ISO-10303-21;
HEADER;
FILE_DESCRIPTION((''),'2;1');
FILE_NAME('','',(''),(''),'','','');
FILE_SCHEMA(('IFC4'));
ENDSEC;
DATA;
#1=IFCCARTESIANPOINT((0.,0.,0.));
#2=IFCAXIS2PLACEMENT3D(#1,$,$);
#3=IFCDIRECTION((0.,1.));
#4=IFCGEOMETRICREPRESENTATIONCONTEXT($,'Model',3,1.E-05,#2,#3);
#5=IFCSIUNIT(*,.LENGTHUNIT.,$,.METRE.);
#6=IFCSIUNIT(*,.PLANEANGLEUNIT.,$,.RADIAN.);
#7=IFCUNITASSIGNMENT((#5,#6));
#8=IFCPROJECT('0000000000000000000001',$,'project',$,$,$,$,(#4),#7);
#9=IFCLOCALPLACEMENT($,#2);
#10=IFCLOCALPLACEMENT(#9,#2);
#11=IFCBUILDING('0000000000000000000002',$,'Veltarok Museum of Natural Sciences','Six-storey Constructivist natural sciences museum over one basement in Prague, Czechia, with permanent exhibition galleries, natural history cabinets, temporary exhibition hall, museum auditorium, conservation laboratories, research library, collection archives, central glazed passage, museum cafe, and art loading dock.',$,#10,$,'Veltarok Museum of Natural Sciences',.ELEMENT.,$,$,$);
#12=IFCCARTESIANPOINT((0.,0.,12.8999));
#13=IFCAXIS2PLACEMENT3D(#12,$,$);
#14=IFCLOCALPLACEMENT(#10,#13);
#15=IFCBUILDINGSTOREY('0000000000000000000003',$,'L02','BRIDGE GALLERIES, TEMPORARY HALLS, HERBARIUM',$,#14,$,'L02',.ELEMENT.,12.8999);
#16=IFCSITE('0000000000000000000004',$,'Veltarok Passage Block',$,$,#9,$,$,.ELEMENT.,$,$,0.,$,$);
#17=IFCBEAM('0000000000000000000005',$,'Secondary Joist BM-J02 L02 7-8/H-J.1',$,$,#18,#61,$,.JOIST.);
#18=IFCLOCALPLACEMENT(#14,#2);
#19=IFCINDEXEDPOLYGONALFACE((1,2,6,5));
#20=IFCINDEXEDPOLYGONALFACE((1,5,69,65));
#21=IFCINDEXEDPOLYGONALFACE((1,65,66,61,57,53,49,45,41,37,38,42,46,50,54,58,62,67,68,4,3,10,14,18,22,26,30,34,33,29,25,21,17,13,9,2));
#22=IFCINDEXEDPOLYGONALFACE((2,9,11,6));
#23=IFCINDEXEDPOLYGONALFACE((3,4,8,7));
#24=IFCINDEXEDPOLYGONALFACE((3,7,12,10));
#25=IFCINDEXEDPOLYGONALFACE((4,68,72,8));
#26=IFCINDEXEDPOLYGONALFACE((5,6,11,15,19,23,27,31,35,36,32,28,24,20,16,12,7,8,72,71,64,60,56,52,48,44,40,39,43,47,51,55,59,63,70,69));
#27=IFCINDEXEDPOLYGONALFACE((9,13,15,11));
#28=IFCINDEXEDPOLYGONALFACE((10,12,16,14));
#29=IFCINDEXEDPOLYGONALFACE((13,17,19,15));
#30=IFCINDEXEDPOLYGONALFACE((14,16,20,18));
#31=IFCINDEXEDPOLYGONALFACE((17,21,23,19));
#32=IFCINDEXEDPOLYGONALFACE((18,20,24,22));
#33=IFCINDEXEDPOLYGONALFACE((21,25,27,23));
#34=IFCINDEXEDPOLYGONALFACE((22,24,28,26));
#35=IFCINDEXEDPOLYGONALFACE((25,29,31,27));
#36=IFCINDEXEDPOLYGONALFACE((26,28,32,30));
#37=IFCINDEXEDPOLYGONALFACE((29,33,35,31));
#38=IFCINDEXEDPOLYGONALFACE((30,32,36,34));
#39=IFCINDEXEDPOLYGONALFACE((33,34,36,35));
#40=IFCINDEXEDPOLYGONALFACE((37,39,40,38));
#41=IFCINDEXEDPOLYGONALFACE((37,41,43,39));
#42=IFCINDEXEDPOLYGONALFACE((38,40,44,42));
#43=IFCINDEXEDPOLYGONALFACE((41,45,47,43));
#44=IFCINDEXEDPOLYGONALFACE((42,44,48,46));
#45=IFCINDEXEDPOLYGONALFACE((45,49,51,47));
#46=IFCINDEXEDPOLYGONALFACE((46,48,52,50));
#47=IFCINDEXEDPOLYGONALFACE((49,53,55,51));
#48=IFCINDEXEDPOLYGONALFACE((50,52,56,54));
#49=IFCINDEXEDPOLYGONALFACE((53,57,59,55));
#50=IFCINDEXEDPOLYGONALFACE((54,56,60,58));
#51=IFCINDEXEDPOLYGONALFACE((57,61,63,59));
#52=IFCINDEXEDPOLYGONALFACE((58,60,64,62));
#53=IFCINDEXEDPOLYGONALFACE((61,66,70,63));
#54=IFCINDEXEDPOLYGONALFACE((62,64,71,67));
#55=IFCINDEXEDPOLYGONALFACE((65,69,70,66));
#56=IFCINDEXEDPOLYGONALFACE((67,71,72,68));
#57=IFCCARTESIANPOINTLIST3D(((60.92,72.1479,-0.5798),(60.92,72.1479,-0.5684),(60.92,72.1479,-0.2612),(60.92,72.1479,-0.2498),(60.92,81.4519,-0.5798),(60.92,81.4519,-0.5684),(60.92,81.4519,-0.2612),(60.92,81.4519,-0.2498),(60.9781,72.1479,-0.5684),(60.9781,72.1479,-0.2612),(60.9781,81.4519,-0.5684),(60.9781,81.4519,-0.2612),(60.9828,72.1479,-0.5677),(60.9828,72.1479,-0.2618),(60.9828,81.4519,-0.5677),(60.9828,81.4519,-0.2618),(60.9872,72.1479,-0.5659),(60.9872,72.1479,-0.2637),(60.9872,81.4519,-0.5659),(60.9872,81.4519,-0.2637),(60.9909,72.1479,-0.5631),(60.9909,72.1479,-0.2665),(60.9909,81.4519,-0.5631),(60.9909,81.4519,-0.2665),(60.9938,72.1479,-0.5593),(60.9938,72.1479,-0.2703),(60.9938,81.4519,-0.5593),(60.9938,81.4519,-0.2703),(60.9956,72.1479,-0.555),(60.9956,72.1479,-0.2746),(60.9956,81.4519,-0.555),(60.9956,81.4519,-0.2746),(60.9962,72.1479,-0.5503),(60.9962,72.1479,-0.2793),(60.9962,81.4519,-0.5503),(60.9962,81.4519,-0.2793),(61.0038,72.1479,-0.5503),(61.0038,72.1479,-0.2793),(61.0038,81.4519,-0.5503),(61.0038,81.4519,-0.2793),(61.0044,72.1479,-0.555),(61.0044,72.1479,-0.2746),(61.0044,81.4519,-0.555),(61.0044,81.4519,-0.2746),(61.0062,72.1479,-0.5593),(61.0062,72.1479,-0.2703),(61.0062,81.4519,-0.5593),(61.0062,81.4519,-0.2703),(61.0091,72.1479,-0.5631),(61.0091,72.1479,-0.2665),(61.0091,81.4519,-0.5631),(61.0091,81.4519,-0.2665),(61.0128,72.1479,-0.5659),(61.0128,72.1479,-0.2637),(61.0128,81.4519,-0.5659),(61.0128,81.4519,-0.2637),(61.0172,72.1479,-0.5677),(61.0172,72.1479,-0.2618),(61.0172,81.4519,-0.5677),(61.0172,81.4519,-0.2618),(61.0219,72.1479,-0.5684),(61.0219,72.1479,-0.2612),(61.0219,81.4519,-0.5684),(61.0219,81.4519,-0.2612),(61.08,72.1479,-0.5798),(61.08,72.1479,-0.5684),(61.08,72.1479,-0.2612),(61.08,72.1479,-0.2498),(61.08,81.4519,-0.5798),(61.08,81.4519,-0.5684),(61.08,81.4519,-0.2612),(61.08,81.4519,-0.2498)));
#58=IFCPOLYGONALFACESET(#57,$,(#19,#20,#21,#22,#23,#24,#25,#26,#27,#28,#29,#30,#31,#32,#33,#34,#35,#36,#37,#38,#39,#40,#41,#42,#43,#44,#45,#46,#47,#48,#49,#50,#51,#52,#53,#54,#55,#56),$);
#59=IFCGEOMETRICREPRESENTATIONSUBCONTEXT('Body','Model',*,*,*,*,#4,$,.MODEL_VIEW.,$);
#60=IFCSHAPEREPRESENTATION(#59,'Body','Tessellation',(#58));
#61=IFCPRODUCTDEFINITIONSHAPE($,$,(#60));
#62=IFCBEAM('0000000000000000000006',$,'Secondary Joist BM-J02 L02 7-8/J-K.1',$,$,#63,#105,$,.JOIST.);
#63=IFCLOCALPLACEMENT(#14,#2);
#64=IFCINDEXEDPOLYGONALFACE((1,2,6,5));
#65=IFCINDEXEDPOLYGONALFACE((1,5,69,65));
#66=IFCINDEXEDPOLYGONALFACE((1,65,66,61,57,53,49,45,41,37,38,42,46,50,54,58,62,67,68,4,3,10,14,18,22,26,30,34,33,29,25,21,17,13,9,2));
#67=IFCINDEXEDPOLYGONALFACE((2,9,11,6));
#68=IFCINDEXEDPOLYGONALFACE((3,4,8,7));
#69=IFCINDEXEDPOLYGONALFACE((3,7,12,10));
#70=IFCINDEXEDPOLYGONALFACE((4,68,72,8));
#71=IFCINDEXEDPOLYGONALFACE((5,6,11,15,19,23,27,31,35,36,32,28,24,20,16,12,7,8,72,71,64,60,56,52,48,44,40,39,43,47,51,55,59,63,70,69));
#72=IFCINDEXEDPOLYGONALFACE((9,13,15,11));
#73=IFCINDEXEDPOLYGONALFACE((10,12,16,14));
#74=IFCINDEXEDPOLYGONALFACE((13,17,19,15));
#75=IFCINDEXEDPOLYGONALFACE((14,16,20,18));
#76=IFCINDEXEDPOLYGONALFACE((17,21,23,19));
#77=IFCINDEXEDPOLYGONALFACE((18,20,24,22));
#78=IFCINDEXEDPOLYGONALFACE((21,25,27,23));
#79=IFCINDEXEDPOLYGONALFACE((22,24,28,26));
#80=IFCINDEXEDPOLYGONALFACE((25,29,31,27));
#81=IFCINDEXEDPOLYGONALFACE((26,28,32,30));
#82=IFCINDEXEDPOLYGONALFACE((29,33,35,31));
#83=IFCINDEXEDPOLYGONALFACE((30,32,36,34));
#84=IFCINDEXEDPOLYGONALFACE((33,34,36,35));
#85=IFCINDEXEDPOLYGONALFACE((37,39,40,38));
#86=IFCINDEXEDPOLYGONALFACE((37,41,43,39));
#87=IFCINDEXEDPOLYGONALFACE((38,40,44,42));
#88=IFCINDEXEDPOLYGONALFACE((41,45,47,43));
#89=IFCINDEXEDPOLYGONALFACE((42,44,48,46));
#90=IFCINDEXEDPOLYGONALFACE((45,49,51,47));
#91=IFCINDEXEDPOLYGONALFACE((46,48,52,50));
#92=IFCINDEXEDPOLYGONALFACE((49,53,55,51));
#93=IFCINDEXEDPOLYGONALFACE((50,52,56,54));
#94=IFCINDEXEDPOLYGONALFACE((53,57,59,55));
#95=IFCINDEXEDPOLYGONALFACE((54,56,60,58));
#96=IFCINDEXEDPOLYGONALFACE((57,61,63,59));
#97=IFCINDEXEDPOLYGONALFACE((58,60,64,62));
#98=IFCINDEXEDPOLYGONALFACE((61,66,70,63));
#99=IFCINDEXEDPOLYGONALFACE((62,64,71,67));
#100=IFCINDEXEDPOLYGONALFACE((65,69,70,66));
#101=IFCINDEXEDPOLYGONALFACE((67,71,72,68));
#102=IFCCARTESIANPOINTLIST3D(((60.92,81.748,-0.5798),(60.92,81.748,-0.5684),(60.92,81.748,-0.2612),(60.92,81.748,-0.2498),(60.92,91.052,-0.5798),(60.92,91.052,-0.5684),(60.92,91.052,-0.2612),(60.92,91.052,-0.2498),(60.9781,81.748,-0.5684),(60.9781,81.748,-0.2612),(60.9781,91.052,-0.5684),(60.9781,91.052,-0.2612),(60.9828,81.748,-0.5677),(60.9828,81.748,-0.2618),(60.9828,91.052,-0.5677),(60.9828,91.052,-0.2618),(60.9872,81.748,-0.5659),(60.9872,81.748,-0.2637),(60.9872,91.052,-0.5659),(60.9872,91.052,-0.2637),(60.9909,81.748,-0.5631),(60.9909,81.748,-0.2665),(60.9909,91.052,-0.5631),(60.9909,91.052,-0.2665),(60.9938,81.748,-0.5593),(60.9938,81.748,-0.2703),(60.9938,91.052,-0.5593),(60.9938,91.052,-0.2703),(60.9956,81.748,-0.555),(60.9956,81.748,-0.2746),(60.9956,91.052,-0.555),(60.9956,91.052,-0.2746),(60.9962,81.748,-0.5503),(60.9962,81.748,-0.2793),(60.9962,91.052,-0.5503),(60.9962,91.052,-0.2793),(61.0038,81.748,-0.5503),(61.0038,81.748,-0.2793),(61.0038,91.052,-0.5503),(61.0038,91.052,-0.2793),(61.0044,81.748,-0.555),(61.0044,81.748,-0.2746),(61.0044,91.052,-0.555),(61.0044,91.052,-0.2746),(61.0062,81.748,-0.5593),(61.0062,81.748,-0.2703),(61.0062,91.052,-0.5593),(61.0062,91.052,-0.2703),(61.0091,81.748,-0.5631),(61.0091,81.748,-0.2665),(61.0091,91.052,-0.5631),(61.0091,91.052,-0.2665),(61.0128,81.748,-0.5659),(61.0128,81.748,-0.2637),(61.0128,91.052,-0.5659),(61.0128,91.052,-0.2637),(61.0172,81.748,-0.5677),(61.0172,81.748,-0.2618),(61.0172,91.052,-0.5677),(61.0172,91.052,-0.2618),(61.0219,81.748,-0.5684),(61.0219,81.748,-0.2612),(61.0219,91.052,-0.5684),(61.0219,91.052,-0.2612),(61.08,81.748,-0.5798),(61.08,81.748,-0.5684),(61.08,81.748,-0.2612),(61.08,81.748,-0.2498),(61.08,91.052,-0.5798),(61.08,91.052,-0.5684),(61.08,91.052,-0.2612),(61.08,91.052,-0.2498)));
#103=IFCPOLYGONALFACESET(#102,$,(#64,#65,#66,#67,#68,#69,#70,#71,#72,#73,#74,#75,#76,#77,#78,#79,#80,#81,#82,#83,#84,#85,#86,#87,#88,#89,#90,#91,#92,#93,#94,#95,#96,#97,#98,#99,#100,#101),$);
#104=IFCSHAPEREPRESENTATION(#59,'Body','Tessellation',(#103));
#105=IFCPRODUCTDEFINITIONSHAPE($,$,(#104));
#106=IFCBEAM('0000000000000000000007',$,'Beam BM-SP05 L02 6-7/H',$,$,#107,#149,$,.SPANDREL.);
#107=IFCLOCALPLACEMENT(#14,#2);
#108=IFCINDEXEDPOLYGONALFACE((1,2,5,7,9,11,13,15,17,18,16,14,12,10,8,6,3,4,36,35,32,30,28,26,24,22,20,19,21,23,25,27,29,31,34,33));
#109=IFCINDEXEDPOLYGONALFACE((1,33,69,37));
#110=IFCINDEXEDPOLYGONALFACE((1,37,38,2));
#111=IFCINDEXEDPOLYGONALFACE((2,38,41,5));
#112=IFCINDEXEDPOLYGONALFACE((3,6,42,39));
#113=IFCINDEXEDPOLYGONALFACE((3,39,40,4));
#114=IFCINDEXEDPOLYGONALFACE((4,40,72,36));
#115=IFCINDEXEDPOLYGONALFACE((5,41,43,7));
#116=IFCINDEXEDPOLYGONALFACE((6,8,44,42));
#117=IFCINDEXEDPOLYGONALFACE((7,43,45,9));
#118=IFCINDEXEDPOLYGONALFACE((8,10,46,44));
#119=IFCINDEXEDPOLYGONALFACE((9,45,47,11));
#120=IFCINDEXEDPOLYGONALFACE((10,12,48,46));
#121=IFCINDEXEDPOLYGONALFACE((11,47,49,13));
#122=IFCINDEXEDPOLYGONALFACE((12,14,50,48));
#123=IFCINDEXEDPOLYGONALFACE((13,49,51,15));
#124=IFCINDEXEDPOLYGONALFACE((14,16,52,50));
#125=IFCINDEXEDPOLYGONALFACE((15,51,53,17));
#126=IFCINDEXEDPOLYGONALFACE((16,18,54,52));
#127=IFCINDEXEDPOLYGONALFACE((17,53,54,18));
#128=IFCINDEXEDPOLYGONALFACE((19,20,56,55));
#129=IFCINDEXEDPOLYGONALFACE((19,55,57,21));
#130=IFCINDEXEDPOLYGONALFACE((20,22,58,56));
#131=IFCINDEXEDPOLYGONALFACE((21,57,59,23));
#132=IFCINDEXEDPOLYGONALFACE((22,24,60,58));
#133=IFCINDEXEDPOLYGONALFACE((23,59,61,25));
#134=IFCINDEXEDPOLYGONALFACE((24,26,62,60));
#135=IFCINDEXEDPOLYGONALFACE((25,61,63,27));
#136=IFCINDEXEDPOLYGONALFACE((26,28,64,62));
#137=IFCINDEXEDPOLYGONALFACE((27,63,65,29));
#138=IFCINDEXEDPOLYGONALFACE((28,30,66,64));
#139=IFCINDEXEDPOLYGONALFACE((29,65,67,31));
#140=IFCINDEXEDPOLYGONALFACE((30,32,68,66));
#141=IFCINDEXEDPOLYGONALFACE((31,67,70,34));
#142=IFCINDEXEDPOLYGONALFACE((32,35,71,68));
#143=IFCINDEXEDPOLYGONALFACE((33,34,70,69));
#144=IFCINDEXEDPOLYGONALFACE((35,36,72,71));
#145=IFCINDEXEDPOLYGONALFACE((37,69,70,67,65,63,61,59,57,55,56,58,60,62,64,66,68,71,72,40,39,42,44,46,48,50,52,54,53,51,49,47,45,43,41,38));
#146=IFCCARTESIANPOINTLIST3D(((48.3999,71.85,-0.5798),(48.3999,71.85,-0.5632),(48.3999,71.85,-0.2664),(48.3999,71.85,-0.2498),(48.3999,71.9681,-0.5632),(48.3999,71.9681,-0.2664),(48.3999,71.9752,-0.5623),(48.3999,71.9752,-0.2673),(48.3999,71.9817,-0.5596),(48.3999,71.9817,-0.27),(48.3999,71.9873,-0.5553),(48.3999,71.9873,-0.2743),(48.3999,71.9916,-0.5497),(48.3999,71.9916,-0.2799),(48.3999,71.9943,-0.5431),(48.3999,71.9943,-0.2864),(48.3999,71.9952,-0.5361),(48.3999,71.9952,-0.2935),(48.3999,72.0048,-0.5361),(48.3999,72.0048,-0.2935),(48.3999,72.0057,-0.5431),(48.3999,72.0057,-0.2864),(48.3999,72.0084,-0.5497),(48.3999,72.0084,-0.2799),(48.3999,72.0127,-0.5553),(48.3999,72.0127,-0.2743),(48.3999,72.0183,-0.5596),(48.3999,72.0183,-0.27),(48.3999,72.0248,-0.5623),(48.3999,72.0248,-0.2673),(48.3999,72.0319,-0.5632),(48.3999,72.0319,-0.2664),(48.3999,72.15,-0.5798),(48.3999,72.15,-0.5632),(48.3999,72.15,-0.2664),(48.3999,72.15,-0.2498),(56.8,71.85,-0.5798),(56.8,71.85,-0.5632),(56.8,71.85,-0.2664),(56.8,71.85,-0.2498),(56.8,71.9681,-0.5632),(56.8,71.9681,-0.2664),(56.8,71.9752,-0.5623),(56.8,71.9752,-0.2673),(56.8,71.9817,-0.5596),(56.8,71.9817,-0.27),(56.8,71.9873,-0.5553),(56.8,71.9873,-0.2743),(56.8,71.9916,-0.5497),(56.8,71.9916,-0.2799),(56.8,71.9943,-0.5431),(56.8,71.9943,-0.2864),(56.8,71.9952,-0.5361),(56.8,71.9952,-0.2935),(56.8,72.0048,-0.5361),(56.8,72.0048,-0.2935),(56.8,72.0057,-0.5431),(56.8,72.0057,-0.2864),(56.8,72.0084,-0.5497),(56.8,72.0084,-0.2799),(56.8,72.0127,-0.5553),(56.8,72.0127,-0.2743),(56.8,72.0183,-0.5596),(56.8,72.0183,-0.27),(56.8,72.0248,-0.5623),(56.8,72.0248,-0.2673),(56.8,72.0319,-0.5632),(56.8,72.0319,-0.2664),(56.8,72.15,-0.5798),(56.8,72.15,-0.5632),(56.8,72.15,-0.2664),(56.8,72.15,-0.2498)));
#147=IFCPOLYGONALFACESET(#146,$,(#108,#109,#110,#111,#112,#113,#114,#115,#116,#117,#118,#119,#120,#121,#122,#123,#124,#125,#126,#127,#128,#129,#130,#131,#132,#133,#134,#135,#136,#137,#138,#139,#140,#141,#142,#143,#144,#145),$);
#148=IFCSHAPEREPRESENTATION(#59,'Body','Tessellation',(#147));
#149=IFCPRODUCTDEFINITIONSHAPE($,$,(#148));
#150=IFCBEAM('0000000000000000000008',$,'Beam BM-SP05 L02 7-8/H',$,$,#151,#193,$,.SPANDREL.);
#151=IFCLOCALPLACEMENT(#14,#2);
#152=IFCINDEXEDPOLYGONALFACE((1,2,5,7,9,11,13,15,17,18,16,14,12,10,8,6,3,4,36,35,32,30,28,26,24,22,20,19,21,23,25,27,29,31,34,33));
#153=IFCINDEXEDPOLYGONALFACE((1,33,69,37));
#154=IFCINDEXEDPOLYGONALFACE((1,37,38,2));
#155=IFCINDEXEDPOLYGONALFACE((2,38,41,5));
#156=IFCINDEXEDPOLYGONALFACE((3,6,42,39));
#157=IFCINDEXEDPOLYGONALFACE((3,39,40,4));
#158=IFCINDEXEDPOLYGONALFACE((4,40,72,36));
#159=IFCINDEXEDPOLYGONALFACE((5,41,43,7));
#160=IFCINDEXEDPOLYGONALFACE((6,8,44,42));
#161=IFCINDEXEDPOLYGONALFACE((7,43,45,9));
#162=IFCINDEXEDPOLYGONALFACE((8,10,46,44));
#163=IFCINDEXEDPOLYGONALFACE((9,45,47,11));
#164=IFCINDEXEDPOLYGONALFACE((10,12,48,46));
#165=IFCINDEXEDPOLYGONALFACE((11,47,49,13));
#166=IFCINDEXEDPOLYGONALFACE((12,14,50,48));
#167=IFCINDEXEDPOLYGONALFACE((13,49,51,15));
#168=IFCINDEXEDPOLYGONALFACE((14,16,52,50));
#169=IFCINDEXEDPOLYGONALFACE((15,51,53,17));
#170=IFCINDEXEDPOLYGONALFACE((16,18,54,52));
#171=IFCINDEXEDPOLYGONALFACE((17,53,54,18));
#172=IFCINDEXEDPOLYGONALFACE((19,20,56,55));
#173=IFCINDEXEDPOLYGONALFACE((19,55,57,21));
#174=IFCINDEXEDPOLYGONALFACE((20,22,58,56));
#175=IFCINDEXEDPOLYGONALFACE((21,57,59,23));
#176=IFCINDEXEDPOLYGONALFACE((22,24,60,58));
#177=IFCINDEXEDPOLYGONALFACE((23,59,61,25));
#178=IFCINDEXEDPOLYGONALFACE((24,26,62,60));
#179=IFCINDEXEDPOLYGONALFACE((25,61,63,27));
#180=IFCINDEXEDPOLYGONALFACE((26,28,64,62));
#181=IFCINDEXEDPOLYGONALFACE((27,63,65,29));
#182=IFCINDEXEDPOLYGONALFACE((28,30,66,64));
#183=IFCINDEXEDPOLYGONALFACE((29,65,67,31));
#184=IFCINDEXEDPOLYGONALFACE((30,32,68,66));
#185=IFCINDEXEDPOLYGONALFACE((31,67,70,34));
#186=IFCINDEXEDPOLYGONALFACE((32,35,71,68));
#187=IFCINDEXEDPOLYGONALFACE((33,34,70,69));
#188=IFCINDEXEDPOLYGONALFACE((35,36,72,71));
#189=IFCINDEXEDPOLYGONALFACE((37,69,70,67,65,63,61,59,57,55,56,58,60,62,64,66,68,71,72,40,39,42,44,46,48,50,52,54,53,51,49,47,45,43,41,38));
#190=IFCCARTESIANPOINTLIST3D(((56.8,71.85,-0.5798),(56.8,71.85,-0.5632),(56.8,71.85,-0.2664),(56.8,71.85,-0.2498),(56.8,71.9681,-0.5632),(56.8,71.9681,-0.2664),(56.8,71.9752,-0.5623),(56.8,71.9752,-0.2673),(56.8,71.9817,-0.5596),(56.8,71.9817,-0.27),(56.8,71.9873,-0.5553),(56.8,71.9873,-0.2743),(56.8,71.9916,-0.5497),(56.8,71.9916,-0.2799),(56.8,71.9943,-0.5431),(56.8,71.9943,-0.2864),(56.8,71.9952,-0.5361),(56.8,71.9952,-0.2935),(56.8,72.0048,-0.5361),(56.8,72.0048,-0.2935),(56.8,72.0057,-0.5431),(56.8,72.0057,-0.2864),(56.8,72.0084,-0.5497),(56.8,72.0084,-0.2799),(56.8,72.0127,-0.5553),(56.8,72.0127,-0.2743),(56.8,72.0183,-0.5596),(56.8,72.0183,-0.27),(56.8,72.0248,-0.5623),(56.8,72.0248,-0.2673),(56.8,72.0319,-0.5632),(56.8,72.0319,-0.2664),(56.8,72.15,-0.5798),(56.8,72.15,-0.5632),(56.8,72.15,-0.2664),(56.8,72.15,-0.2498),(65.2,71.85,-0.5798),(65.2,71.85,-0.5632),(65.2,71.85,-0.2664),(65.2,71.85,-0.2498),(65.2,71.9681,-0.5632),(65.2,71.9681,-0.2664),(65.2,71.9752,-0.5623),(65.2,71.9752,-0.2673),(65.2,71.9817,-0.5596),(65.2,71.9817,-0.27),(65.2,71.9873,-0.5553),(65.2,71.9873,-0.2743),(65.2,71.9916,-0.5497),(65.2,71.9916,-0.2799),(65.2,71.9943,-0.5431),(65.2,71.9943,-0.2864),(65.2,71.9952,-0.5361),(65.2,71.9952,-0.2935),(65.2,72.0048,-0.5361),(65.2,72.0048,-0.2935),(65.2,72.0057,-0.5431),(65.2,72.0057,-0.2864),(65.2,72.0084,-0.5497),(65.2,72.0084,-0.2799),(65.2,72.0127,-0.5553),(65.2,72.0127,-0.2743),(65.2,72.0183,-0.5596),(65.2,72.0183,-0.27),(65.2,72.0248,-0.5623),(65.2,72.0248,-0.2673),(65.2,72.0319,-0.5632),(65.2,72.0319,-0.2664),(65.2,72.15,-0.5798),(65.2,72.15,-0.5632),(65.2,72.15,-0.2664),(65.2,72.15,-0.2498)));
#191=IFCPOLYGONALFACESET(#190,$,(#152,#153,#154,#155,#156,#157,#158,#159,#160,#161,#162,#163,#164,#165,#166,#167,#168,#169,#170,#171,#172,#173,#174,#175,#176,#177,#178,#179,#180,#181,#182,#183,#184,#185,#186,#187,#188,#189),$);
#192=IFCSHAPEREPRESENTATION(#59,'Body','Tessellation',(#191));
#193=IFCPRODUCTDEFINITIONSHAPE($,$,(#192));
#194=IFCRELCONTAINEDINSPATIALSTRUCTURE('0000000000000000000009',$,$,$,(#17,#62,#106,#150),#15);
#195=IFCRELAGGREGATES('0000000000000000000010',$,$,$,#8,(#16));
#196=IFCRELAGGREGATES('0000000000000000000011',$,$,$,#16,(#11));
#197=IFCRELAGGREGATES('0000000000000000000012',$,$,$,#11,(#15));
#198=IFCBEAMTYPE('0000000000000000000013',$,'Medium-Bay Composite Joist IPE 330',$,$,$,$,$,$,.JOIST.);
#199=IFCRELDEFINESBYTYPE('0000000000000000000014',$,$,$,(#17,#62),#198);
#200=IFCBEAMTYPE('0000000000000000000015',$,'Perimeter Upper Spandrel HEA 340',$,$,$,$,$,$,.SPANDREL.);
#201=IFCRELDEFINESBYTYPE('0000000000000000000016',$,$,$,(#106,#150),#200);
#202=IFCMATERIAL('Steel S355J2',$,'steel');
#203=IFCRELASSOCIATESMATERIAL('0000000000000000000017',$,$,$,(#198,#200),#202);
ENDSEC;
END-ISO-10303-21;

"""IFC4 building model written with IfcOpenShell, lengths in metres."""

from ifc_helpers import new_model, si_unit, direction, frame, origin, origin_2d, place, context, subcontext, project, spatial, i_section, extrude, material, material_profile, profile_set, type_object, element, save


model = new_model("IFC4")

# Units and contexts
model_context = context("Model", 3, precision=1e-05, world=origin(), true_north=direction((0.0, 1.0)))
body_context = subcontext(model_context, "Body", "Model", "MODEL_VIEW")
ifc_project = project(units=[si_unit("LENGTHUNIT", "METRE"), si_unit("PLANEANGLEUNIT", "RADIAN")], contexts=[model_context])

# Site, building, storey
site_placement = place(None, origin())
site = spatial("IfcSite", under=ifc_project, at=site_placement, Name="Veltarok Passage Block", CompositionType="ELEMENT", RefElevation=0.0)
building_placement = place(site_placement, origin())
building = spatial("IfcBuilding", under=site, at=building_placement, Name="Veltarok Museum of Natural Sciences", Description="Six-storey Constructivist natural sciences museum over one basement in Prague, Czechia, with permanent exhibition galleries, natural history cabinets, temporary exhibition hall, museum auditorium, conservation laboratories, research library, collection archives, central glazed passage, museum cafe, and art loading dock.", LongName="Veltarok Museum of Natural Sciences", CompositionType="ELEMENT")
storey_placement = place(building_placement, frame((0.0, 0.0, 12.8999)))
storey = spatial("IfcBuildingStorey", under=building, at=storey_placement, Name="L02", Description="BRIDGE GALLERIES, TEMPORARY HALLS, HERBARIUM", LongName="L02", CompositionType="ELEMENT", Elevation=12.8999)

# Shared definitions
ifc_material_1 = material(Name="Steel S355J2", Category="steel")

# Beams
ifc_material_profile_1 = material_profile(ifc_material_1, i_section(OverallWidth=0.1599, OverallDepth=0.3301, WebThickness=0.0076, FlangeThickness=0.0115, FilletRadius=0.0181, at=origin_2d()), Name="IPE 330")
ifc_profile_set_1 = profile_set([ifc_material_profile_1], Name="Steel S355J2")
beam_type_1 = type_object("IfcBeamType", Name="Medium-Bay Composite Joist IPE 330", PredefinedType="JOIST", material=ifc_profile_set_1)
for number, where, z_axis, x_axis, name in (
    (1, (61.0, 72.1479, -0.4148), (0.0, 1.0, 0.0), (-1.0, 0.0, 0.0), "Secondary Joist BM-J02 L02 7-8/H-J.1"),
    (2, (61.0, 81.748, -0.4148), (0.0, 1.0, 0.0), (-1.0, 0.0, 0.0), "Secondary Joist BM-J02 L02 7-8/J-K.1"),
):
    element("IfcBeam", number, at=place(storey_placement, frame(where, z_axis=z_axis, x_axis=x_axis)), inside=storey, type_object=beam_type_1, Name=name, PredefinedType="JOIST", context=body_context, shape_type="SweptSolid", body=[
        extrude(i_section(OverallWidth=0.1599, OverallDepth=0.3301, WebThickness=0.0076, FlangeThickness=0.0115, FilletRadius=0.0181, at=origin_2d()), origin(), (0.0, 0.0, 1.0), 9.304),
    ])
ifc_material_profile_2 = material_profile(ifc_material_1, i_section(OverallWidth=0.3, OverallDepth=0.3301, WebThickness=0.0095, FlangeThickness=0.0166, FilletRadius=0.0271, at=origin_2d()), Name="HEA 340")
ifc_profile_set_2 = profile_set([ifc_material_profile_2], Name="Steel S355J2")
beam_type_2 = type_object("IfcBeamType", Name="Perimeter Upper Spandrel HEA 340", PredefinedType="SPANDREL", material=ifc_profile_set_2)
beam_1_placement = place(storey_placement, frame((48.3999, 72.0, -0.4148), z_axis=(1.0, 0.0, 0.0), x_axis=(0.0, 1.0, 0.0)))
element("IfcBeam", 3, at=beam_1_placement, inside=storey, type_object=beam_type_2, Name="Beam BM-SP05 L02 6-7/H", PredefinedType="SPANDREL", context=body_context, shape_type="SweptSolid", body=[
    extrude(i_section(OverallWidth=0.3, OverallDepth=0.3301, WebThickness=0.0095, FlangeThickness=0.0166, FilletRadius=0.0271, at=origin_2d()), origin(), (0.0, 0.0, 1.0), 8.4001),
])
for number, where, z_axis, x_axis, name in (
    (4, (56.8, 72.0, -0.4148), (1.0, 0.0, 0.0), (0.0, 1.0, 0.0), "Beam BM-SP05 L02 7-8/H"),
):
    element("IfcBeam", number, at=place(storey_placement, frame(where, z_axis=z_axis, x_axis=x_axis)), inside=storey, type_object=beam_type_2, Name=name, PredefinedType="SPANDREL", context=body_context, shape_type="SweptSolid", body=[
        extrude(i_section(OverallWidth=0.3, OverallDepth=0.3301, WebThickness=0.0095, FlangeThickness=0.0166, FilletRadius=0.0271, at=origin_2d()), origin(), (0.0, 0.0, 1.0), 8.3999),
    ])

save(model, "model.ifc")
